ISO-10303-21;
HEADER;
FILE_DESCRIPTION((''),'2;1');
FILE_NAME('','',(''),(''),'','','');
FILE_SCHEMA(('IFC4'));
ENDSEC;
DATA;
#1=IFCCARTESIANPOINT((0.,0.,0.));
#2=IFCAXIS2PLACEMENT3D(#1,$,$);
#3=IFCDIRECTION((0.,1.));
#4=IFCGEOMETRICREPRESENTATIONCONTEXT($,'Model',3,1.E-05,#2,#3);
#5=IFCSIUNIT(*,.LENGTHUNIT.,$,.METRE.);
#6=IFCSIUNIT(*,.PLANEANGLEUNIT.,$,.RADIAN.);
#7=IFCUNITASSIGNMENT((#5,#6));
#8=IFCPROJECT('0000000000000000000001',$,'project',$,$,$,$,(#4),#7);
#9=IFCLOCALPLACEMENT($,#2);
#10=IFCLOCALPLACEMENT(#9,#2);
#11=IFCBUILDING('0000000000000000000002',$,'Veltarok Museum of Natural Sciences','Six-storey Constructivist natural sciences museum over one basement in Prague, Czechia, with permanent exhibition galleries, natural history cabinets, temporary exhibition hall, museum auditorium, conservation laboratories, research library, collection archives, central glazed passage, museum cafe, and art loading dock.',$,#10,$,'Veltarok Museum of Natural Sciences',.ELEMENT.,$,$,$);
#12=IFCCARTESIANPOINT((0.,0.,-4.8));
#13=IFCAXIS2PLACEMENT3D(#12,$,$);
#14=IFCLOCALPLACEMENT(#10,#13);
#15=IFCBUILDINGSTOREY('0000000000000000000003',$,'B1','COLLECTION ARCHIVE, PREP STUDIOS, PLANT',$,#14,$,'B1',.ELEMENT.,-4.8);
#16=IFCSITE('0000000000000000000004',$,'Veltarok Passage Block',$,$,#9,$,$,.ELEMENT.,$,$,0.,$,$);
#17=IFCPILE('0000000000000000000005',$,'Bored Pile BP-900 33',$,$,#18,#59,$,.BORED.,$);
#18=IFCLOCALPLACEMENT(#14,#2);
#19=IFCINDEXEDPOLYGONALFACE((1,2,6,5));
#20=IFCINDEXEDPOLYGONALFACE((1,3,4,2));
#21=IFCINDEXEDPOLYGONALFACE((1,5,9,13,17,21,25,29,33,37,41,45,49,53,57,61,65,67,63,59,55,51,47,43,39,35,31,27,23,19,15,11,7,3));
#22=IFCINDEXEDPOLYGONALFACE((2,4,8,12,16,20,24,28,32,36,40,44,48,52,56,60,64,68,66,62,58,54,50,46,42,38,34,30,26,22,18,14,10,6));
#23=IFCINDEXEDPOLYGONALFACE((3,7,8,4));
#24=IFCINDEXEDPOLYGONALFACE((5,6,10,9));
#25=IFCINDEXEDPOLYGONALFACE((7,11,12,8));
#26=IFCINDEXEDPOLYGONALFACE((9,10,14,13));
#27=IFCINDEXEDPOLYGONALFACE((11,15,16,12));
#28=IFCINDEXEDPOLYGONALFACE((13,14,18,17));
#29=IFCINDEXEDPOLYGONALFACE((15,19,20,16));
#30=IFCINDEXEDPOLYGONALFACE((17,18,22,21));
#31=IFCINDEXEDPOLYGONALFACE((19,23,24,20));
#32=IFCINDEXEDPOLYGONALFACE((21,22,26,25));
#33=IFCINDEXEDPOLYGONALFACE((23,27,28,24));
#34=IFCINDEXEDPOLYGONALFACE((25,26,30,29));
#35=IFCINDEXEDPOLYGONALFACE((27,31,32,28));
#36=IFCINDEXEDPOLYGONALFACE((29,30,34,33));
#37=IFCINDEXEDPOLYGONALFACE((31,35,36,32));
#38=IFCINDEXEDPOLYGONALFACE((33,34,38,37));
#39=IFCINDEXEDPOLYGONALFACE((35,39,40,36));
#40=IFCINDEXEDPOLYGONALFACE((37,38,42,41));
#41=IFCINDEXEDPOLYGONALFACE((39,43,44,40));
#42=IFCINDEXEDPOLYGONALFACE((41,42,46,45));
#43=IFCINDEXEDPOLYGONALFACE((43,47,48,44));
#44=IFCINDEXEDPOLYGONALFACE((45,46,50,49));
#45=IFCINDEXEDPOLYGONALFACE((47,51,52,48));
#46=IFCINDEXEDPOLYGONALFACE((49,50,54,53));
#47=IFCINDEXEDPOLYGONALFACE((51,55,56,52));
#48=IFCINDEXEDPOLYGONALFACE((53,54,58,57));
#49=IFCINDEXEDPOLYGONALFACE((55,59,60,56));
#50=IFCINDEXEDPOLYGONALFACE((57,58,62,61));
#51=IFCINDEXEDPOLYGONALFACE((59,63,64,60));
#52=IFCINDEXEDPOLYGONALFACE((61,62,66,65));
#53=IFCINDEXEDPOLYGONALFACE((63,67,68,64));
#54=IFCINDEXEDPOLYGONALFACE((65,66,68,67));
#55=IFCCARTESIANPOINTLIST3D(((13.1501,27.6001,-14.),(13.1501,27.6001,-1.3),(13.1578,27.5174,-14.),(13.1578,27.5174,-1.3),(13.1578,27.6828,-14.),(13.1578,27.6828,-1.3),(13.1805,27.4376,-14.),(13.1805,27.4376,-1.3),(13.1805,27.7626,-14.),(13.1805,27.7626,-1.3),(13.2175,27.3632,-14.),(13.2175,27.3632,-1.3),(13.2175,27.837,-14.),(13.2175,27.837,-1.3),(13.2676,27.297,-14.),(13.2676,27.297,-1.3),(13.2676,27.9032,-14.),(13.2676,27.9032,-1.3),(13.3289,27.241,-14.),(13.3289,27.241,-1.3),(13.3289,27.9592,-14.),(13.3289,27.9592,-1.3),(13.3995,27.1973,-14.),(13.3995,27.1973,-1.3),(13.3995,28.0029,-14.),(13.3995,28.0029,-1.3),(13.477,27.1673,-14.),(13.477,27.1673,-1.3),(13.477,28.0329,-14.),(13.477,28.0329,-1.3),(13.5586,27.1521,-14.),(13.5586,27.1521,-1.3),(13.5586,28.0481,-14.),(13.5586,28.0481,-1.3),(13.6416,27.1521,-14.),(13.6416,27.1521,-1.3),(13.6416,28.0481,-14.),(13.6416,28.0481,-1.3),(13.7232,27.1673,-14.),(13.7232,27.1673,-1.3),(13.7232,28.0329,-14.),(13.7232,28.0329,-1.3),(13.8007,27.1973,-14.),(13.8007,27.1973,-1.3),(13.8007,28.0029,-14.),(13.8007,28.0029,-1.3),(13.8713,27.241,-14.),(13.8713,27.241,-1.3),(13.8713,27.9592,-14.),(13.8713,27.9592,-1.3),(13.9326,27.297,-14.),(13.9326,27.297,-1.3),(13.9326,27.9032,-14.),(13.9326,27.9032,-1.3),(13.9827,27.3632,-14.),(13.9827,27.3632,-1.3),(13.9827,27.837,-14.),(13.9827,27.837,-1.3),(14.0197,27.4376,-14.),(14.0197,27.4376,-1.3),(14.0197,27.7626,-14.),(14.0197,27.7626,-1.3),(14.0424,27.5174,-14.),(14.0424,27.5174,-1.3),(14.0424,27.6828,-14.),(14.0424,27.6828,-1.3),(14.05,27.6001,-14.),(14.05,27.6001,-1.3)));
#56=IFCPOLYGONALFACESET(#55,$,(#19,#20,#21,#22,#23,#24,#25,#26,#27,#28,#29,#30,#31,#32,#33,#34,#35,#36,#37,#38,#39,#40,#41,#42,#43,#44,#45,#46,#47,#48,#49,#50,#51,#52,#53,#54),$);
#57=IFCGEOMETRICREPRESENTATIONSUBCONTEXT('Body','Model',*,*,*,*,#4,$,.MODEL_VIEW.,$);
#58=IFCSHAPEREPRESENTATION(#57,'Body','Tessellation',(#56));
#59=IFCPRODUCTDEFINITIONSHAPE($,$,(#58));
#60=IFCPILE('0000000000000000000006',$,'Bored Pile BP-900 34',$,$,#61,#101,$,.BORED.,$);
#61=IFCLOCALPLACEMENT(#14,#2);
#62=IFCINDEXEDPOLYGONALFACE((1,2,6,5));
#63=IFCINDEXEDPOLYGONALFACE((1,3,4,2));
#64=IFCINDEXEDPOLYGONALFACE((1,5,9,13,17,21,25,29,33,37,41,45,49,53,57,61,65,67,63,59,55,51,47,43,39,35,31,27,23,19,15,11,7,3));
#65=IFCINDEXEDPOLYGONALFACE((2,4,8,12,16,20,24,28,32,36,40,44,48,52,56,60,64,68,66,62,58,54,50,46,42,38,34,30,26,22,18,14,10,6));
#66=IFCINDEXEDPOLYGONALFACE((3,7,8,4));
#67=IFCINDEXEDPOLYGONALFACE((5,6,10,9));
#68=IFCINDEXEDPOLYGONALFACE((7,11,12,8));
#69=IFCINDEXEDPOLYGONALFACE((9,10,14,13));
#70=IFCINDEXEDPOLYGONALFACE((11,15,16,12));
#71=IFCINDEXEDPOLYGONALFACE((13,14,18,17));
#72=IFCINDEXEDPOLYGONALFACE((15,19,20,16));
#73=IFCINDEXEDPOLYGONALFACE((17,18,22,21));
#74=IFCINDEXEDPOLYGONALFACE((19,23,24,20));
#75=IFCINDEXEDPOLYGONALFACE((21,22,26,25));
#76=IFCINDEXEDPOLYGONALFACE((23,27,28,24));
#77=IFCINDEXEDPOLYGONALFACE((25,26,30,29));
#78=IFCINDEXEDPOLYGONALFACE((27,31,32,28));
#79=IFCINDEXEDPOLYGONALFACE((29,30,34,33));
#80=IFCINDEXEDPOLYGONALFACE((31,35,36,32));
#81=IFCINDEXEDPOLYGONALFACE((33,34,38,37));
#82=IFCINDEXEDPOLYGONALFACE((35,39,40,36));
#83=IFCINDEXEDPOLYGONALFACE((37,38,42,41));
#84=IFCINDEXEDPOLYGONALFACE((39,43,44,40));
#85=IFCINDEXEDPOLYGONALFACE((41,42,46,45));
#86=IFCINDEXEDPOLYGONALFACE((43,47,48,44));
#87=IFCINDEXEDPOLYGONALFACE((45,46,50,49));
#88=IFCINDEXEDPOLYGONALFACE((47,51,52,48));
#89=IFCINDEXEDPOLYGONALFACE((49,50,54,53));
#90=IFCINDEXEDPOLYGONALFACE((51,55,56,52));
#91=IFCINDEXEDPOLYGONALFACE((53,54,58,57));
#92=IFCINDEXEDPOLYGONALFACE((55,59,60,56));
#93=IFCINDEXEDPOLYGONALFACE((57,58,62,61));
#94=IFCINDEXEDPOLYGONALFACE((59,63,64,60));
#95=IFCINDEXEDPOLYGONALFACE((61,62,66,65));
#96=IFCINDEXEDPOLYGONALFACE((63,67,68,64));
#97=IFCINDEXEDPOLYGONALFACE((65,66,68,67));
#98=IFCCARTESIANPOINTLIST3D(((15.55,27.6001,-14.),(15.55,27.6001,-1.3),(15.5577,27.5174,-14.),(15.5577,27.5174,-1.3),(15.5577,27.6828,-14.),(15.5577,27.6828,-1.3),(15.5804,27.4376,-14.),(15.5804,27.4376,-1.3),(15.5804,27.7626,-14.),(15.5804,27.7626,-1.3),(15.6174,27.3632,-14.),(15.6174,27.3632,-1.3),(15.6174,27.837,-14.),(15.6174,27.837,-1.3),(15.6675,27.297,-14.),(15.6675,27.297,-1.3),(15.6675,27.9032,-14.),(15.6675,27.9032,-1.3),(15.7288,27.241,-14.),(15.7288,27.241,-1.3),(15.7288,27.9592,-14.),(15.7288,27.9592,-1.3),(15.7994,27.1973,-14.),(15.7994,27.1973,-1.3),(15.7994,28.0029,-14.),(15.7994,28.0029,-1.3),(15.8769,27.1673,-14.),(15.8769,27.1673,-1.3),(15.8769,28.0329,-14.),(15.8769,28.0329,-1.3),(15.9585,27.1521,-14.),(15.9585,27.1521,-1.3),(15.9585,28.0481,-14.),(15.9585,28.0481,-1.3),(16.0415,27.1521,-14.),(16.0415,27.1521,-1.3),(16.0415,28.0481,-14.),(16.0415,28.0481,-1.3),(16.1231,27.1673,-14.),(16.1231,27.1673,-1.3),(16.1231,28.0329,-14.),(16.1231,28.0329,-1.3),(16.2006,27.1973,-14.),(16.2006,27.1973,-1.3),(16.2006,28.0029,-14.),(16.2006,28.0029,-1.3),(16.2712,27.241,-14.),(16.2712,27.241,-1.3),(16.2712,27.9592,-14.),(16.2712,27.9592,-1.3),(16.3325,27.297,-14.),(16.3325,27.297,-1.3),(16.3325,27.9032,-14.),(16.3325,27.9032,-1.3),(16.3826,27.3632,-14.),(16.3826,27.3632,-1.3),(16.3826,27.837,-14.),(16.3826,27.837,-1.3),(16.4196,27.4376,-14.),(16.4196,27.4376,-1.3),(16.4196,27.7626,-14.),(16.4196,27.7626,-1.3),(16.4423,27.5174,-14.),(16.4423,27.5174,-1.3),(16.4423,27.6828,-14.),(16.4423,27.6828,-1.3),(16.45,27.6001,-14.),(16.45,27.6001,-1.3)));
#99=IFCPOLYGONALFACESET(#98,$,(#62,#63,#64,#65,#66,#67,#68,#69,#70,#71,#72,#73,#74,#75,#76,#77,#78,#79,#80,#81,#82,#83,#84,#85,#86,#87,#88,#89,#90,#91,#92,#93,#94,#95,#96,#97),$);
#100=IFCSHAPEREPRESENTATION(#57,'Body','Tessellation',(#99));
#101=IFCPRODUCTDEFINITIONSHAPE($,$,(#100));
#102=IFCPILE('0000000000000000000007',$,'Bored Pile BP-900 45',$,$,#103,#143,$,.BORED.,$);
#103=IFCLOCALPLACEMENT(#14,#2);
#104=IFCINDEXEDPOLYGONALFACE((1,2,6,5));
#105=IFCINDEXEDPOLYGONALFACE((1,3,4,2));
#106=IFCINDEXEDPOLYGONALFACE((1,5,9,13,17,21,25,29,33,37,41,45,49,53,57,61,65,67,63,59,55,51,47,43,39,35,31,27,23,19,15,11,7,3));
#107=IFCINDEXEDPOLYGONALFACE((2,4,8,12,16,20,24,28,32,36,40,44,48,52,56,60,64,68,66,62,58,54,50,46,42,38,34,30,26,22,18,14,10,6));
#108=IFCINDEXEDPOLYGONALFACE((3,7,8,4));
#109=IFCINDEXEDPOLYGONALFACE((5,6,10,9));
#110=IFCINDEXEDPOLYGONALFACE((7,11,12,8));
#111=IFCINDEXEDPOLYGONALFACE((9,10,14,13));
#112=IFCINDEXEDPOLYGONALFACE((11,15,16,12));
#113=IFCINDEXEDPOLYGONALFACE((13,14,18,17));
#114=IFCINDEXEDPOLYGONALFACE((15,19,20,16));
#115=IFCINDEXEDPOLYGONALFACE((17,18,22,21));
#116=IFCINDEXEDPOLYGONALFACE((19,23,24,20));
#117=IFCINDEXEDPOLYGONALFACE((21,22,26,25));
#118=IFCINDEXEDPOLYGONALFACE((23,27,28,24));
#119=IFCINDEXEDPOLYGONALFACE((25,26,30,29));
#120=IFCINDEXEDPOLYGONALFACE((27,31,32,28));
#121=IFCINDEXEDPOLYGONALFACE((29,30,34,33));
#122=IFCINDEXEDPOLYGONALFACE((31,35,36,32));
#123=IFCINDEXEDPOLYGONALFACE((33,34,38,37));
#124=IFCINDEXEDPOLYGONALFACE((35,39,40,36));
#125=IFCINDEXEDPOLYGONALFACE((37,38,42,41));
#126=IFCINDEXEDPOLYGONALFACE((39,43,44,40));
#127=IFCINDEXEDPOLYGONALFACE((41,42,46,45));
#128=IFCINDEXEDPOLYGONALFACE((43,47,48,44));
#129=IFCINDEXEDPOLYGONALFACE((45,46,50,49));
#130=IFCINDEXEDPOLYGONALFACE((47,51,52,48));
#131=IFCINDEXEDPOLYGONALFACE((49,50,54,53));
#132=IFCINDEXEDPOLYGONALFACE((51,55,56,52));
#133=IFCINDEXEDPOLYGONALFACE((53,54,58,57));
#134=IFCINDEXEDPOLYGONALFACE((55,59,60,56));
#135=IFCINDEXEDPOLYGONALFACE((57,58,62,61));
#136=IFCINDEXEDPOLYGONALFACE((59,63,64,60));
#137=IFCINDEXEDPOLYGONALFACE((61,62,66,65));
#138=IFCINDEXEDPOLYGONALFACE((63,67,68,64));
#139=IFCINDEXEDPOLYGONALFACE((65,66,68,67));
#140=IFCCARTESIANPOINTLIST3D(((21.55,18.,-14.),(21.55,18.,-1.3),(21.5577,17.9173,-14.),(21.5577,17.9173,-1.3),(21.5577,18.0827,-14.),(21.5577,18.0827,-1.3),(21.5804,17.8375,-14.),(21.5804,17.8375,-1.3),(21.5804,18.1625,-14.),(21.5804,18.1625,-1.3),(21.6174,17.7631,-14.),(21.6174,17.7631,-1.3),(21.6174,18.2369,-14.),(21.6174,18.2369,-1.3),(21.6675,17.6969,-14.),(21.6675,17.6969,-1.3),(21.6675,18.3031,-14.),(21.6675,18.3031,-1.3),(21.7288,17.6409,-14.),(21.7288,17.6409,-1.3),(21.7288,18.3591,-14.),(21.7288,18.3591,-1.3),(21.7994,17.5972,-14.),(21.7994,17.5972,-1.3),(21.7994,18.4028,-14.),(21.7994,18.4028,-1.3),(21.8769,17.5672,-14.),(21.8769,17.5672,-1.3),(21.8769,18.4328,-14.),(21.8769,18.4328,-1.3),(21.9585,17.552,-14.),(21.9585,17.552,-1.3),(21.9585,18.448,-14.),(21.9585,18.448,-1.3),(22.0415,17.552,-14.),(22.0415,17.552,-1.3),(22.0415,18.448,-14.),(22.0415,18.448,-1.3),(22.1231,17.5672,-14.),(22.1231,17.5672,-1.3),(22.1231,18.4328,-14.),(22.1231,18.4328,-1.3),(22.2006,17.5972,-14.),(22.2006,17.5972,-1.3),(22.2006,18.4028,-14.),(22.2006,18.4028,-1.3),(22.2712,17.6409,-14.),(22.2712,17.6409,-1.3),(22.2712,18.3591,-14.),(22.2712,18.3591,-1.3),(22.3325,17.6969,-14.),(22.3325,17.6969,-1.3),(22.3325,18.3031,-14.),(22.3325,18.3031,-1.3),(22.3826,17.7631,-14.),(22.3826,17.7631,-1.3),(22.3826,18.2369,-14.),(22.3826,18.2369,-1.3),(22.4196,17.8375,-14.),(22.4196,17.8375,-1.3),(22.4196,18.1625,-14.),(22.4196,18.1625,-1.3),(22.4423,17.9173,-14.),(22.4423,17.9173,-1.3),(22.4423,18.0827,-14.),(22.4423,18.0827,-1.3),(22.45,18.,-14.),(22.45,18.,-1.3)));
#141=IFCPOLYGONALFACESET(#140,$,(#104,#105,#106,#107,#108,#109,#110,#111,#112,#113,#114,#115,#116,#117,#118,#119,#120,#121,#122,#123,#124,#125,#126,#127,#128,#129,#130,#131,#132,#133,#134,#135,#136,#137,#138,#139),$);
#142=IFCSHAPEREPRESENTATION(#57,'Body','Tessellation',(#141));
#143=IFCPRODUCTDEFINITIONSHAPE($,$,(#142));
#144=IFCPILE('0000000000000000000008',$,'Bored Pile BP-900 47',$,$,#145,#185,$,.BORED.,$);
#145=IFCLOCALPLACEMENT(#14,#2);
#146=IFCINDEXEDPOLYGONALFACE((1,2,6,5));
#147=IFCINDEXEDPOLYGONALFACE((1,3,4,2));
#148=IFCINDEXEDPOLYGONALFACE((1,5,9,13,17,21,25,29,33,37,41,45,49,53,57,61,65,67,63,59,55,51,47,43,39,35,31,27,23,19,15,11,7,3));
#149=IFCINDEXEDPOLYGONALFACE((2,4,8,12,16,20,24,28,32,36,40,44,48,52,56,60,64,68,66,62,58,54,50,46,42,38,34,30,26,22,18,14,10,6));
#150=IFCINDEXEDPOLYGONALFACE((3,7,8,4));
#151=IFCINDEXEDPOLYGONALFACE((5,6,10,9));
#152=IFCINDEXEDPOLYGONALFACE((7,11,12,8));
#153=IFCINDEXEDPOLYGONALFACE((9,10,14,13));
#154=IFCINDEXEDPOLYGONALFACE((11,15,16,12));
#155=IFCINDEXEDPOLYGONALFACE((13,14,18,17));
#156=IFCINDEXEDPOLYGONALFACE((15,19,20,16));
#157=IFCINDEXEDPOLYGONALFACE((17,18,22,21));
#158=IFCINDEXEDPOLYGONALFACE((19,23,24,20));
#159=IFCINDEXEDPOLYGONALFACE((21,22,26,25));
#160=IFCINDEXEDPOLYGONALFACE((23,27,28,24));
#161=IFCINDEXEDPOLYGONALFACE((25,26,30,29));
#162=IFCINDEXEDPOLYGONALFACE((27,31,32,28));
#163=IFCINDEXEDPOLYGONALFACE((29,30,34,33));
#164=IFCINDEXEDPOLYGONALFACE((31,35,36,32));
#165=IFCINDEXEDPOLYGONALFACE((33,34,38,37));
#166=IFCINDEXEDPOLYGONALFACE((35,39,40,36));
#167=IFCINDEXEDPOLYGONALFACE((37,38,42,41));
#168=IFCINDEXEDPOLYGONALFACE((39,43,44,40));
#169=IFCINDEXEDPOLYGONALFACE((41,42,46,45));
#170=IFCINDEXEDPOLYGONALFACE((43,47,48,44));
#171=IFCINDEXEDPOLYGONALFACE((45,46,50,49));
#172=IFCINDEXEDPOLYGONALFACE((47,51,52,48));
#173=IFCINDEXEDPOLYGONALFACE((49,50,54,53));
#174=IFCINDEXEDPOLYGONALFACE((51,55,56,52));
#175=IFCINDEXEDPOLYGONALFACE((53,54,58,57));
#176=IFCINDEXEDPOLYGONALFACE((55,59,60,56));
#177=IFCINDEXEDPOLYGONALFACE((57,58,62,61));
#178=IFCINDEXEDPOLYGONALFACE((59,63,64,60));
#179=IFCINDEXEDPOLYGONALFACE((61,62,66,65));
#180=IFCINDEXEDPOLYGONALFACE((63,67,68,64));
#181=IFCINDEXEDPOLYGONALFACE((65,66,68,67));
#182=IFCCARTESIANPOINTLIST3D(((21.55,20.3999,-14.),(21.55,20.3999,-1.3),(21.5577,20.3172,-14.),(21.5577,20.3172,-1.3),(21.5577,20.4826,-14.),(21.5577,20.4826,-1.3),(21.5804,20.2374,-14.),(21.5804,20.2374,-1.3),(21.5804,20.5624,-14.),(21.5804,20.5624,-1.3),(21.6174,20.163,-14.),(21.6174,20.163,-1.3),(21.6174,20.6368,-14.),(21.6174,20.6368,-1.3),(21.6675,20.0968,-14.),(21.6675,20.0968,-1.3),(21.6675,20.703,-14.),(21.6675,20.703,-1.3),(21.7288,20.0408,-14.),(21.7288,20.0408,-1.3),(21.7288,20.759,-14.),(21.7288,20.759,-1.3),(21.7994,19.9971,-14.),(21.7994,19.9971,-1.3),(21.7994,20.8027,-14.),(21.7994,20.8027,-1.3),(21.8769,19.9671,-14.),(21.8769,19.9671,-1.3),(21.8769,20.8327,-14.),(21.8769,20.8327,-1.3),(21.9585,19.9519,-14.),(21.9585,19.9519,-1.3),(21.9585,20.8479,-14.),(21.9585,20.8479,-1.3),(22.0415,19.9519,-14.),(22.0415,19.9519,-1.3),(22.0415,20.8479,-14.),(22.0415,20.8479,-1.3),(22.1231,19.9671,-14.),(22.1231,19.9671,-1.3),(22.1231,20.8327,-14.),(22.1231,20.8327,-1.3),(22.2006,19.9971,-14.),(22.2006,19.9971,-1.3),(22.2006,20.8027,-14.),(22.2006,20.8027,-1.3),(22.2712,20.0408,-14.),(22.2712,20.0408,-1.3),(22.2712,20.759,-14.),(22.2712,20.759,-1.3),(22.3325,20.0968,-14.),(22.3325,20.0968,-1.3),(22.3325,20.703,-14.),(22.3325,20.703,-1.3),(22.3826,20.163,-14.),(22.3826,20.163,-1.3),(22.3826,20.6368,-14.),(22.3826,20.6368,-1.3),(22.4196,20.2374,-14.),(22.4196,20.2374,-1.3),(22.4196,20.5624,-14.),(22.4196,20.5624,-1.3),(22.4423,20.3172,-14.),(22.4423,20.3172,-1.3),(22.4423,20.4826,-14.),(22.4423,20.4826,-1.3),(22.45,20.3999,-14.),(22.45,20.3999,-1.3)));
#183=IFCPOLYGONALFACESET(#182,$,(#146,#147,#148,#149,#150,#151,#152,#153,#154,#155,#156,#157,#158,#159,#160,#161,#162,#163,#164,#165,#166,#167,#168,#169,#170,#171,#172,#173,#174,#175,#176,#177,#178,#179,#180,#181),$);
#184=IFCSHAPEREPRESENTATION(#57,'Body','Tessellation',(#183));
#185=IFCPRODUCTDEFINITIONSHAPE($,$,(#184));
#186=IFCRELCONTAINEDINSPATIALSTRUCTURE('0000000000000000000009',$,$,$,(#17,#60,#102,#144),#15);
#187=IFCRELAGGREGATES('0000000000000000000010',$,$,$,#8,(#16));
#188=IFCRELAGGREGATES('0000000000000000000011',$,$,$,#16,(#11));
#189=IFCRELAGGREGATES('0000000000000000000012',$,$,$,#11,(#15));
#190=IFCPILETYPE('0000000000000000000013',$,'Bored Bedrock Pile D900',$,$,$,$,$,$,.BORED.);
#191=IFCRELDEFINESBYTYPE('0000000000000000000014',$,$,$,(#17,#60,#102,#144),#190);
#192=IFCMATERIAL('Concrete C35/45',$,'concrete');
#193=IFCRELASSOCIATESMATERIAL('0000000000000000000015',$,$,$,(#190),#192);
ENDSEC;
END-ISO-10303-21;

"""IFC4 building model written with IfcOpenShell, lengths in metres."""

from ifc_helpers import new_model, si_unit, direction, frame, origin, origin_2d, place, context, subcontext, project, spatial, circle, extrude, material, material_profile, profile_set, type_object, element, save


model = new_model("IFC4")

# Units and contexts
model_context = context("Model", 3, precision=1e-05, world=origin(), true_north=direction((0.0, 1.0)))
body_context = subcontext(model_context, "Body", "Model", "MODEL_VIEW")
ifc_project = project(units=[si_unit("LENGTHUNIT", "METRE"), si_unit("PLANEANGLEUNIT", "RADIAN")], contexts=[model_context])

# Site, building, storey
site_placement = place(None, origin())
site = spatial("IfcSite", under=ifc_project, at=site_placement, Name="Veltarok Passage Block", CompositionType="ELEMENT", RefElevation=0.0)
building_placement = place(site_placement, origin())
building = spatial("IfcBuilding", under=site, at=building_placement, Name="Veltarok Museum of Natural Sciences", Description="Six-storey Constructivist natural sciences museum over one basement in Prague, Czechia, with permanent exhibition galleries, natural history cabinets, temporary exhibition hall, museum auditorium, conservation laboratories, research library, collection archives, central glazed passage, museum cafe, and art loading dock.", LongName="Veltarok Museum of Natural Sciences", CompositionType="ELEMENT")
storey_placement = place(building_placement, frame((0.0, 0.0, -4.8)))
storey = spatial("IfcBuildingStorey", under=building, at=storey_placement, Name="B1", Description="COLLECTION ARCHIVE, PREP STUDIOS, PLANT", LongName="B1", CompositionType="ELEMENT", Elevation=-4.8)

# Piles
ifc_material_1 = material(Name="Concrete C35/45", Category="concrete")
ifc_material_profile_1 = material_profile(ifc_material_1, circle(Radius=0.45, at=origin_2d()), Name="BP D900")
ifc_profile_set_1 = profile_set([ifc_material_profile_1], Name="Concrete C35/45")
pile_type_1 = type_object("IfcPileType", Name="Bored Bedrock Pile D900", PredefinedType="BORED", material=ifc_profile_set_1)
for number, where, z_axis, x_axis, name in (
    (1, (13.6001, 27.6001, -1.3), (0.0, 0.0, -1.0), (1.0, 0.0, 0.0), "Bored Pile BP-900 33"),
    (2, (16.0, 27.6001, -1.3), (0.0, 0.0, -1.0), (1.0, 0.0, 0.0), "Bored Pile BP-900 34"),
    (3, (22.0, 18.0, -1.3), (0.0, 0.0, -1.0), (1.0, 0.0, 0.0), "Bored Pile BP-900 45"),
    (4, (22.0, 20.3999, -1.3), (0.0, 0.0, -1.0), (1.0, 0.0, 0.0), "Bored Pile BP-900 47"),
):
    element("IfcPile", number, at=place(storey_placement, frame(where, z_axis=z_axis, x_axis=x_axis)), inside=storey, type_object=pile_type_1, Name=name, PredefinedType="BORED", context=body_context, shape_type="SweptSolid", body=[
        extrude(circle(Radius=0.45, at=origin_2d()), origin(), (0.0, 0.0, 1.0), 12.7),
    ])

save(model, "model.ifc")
